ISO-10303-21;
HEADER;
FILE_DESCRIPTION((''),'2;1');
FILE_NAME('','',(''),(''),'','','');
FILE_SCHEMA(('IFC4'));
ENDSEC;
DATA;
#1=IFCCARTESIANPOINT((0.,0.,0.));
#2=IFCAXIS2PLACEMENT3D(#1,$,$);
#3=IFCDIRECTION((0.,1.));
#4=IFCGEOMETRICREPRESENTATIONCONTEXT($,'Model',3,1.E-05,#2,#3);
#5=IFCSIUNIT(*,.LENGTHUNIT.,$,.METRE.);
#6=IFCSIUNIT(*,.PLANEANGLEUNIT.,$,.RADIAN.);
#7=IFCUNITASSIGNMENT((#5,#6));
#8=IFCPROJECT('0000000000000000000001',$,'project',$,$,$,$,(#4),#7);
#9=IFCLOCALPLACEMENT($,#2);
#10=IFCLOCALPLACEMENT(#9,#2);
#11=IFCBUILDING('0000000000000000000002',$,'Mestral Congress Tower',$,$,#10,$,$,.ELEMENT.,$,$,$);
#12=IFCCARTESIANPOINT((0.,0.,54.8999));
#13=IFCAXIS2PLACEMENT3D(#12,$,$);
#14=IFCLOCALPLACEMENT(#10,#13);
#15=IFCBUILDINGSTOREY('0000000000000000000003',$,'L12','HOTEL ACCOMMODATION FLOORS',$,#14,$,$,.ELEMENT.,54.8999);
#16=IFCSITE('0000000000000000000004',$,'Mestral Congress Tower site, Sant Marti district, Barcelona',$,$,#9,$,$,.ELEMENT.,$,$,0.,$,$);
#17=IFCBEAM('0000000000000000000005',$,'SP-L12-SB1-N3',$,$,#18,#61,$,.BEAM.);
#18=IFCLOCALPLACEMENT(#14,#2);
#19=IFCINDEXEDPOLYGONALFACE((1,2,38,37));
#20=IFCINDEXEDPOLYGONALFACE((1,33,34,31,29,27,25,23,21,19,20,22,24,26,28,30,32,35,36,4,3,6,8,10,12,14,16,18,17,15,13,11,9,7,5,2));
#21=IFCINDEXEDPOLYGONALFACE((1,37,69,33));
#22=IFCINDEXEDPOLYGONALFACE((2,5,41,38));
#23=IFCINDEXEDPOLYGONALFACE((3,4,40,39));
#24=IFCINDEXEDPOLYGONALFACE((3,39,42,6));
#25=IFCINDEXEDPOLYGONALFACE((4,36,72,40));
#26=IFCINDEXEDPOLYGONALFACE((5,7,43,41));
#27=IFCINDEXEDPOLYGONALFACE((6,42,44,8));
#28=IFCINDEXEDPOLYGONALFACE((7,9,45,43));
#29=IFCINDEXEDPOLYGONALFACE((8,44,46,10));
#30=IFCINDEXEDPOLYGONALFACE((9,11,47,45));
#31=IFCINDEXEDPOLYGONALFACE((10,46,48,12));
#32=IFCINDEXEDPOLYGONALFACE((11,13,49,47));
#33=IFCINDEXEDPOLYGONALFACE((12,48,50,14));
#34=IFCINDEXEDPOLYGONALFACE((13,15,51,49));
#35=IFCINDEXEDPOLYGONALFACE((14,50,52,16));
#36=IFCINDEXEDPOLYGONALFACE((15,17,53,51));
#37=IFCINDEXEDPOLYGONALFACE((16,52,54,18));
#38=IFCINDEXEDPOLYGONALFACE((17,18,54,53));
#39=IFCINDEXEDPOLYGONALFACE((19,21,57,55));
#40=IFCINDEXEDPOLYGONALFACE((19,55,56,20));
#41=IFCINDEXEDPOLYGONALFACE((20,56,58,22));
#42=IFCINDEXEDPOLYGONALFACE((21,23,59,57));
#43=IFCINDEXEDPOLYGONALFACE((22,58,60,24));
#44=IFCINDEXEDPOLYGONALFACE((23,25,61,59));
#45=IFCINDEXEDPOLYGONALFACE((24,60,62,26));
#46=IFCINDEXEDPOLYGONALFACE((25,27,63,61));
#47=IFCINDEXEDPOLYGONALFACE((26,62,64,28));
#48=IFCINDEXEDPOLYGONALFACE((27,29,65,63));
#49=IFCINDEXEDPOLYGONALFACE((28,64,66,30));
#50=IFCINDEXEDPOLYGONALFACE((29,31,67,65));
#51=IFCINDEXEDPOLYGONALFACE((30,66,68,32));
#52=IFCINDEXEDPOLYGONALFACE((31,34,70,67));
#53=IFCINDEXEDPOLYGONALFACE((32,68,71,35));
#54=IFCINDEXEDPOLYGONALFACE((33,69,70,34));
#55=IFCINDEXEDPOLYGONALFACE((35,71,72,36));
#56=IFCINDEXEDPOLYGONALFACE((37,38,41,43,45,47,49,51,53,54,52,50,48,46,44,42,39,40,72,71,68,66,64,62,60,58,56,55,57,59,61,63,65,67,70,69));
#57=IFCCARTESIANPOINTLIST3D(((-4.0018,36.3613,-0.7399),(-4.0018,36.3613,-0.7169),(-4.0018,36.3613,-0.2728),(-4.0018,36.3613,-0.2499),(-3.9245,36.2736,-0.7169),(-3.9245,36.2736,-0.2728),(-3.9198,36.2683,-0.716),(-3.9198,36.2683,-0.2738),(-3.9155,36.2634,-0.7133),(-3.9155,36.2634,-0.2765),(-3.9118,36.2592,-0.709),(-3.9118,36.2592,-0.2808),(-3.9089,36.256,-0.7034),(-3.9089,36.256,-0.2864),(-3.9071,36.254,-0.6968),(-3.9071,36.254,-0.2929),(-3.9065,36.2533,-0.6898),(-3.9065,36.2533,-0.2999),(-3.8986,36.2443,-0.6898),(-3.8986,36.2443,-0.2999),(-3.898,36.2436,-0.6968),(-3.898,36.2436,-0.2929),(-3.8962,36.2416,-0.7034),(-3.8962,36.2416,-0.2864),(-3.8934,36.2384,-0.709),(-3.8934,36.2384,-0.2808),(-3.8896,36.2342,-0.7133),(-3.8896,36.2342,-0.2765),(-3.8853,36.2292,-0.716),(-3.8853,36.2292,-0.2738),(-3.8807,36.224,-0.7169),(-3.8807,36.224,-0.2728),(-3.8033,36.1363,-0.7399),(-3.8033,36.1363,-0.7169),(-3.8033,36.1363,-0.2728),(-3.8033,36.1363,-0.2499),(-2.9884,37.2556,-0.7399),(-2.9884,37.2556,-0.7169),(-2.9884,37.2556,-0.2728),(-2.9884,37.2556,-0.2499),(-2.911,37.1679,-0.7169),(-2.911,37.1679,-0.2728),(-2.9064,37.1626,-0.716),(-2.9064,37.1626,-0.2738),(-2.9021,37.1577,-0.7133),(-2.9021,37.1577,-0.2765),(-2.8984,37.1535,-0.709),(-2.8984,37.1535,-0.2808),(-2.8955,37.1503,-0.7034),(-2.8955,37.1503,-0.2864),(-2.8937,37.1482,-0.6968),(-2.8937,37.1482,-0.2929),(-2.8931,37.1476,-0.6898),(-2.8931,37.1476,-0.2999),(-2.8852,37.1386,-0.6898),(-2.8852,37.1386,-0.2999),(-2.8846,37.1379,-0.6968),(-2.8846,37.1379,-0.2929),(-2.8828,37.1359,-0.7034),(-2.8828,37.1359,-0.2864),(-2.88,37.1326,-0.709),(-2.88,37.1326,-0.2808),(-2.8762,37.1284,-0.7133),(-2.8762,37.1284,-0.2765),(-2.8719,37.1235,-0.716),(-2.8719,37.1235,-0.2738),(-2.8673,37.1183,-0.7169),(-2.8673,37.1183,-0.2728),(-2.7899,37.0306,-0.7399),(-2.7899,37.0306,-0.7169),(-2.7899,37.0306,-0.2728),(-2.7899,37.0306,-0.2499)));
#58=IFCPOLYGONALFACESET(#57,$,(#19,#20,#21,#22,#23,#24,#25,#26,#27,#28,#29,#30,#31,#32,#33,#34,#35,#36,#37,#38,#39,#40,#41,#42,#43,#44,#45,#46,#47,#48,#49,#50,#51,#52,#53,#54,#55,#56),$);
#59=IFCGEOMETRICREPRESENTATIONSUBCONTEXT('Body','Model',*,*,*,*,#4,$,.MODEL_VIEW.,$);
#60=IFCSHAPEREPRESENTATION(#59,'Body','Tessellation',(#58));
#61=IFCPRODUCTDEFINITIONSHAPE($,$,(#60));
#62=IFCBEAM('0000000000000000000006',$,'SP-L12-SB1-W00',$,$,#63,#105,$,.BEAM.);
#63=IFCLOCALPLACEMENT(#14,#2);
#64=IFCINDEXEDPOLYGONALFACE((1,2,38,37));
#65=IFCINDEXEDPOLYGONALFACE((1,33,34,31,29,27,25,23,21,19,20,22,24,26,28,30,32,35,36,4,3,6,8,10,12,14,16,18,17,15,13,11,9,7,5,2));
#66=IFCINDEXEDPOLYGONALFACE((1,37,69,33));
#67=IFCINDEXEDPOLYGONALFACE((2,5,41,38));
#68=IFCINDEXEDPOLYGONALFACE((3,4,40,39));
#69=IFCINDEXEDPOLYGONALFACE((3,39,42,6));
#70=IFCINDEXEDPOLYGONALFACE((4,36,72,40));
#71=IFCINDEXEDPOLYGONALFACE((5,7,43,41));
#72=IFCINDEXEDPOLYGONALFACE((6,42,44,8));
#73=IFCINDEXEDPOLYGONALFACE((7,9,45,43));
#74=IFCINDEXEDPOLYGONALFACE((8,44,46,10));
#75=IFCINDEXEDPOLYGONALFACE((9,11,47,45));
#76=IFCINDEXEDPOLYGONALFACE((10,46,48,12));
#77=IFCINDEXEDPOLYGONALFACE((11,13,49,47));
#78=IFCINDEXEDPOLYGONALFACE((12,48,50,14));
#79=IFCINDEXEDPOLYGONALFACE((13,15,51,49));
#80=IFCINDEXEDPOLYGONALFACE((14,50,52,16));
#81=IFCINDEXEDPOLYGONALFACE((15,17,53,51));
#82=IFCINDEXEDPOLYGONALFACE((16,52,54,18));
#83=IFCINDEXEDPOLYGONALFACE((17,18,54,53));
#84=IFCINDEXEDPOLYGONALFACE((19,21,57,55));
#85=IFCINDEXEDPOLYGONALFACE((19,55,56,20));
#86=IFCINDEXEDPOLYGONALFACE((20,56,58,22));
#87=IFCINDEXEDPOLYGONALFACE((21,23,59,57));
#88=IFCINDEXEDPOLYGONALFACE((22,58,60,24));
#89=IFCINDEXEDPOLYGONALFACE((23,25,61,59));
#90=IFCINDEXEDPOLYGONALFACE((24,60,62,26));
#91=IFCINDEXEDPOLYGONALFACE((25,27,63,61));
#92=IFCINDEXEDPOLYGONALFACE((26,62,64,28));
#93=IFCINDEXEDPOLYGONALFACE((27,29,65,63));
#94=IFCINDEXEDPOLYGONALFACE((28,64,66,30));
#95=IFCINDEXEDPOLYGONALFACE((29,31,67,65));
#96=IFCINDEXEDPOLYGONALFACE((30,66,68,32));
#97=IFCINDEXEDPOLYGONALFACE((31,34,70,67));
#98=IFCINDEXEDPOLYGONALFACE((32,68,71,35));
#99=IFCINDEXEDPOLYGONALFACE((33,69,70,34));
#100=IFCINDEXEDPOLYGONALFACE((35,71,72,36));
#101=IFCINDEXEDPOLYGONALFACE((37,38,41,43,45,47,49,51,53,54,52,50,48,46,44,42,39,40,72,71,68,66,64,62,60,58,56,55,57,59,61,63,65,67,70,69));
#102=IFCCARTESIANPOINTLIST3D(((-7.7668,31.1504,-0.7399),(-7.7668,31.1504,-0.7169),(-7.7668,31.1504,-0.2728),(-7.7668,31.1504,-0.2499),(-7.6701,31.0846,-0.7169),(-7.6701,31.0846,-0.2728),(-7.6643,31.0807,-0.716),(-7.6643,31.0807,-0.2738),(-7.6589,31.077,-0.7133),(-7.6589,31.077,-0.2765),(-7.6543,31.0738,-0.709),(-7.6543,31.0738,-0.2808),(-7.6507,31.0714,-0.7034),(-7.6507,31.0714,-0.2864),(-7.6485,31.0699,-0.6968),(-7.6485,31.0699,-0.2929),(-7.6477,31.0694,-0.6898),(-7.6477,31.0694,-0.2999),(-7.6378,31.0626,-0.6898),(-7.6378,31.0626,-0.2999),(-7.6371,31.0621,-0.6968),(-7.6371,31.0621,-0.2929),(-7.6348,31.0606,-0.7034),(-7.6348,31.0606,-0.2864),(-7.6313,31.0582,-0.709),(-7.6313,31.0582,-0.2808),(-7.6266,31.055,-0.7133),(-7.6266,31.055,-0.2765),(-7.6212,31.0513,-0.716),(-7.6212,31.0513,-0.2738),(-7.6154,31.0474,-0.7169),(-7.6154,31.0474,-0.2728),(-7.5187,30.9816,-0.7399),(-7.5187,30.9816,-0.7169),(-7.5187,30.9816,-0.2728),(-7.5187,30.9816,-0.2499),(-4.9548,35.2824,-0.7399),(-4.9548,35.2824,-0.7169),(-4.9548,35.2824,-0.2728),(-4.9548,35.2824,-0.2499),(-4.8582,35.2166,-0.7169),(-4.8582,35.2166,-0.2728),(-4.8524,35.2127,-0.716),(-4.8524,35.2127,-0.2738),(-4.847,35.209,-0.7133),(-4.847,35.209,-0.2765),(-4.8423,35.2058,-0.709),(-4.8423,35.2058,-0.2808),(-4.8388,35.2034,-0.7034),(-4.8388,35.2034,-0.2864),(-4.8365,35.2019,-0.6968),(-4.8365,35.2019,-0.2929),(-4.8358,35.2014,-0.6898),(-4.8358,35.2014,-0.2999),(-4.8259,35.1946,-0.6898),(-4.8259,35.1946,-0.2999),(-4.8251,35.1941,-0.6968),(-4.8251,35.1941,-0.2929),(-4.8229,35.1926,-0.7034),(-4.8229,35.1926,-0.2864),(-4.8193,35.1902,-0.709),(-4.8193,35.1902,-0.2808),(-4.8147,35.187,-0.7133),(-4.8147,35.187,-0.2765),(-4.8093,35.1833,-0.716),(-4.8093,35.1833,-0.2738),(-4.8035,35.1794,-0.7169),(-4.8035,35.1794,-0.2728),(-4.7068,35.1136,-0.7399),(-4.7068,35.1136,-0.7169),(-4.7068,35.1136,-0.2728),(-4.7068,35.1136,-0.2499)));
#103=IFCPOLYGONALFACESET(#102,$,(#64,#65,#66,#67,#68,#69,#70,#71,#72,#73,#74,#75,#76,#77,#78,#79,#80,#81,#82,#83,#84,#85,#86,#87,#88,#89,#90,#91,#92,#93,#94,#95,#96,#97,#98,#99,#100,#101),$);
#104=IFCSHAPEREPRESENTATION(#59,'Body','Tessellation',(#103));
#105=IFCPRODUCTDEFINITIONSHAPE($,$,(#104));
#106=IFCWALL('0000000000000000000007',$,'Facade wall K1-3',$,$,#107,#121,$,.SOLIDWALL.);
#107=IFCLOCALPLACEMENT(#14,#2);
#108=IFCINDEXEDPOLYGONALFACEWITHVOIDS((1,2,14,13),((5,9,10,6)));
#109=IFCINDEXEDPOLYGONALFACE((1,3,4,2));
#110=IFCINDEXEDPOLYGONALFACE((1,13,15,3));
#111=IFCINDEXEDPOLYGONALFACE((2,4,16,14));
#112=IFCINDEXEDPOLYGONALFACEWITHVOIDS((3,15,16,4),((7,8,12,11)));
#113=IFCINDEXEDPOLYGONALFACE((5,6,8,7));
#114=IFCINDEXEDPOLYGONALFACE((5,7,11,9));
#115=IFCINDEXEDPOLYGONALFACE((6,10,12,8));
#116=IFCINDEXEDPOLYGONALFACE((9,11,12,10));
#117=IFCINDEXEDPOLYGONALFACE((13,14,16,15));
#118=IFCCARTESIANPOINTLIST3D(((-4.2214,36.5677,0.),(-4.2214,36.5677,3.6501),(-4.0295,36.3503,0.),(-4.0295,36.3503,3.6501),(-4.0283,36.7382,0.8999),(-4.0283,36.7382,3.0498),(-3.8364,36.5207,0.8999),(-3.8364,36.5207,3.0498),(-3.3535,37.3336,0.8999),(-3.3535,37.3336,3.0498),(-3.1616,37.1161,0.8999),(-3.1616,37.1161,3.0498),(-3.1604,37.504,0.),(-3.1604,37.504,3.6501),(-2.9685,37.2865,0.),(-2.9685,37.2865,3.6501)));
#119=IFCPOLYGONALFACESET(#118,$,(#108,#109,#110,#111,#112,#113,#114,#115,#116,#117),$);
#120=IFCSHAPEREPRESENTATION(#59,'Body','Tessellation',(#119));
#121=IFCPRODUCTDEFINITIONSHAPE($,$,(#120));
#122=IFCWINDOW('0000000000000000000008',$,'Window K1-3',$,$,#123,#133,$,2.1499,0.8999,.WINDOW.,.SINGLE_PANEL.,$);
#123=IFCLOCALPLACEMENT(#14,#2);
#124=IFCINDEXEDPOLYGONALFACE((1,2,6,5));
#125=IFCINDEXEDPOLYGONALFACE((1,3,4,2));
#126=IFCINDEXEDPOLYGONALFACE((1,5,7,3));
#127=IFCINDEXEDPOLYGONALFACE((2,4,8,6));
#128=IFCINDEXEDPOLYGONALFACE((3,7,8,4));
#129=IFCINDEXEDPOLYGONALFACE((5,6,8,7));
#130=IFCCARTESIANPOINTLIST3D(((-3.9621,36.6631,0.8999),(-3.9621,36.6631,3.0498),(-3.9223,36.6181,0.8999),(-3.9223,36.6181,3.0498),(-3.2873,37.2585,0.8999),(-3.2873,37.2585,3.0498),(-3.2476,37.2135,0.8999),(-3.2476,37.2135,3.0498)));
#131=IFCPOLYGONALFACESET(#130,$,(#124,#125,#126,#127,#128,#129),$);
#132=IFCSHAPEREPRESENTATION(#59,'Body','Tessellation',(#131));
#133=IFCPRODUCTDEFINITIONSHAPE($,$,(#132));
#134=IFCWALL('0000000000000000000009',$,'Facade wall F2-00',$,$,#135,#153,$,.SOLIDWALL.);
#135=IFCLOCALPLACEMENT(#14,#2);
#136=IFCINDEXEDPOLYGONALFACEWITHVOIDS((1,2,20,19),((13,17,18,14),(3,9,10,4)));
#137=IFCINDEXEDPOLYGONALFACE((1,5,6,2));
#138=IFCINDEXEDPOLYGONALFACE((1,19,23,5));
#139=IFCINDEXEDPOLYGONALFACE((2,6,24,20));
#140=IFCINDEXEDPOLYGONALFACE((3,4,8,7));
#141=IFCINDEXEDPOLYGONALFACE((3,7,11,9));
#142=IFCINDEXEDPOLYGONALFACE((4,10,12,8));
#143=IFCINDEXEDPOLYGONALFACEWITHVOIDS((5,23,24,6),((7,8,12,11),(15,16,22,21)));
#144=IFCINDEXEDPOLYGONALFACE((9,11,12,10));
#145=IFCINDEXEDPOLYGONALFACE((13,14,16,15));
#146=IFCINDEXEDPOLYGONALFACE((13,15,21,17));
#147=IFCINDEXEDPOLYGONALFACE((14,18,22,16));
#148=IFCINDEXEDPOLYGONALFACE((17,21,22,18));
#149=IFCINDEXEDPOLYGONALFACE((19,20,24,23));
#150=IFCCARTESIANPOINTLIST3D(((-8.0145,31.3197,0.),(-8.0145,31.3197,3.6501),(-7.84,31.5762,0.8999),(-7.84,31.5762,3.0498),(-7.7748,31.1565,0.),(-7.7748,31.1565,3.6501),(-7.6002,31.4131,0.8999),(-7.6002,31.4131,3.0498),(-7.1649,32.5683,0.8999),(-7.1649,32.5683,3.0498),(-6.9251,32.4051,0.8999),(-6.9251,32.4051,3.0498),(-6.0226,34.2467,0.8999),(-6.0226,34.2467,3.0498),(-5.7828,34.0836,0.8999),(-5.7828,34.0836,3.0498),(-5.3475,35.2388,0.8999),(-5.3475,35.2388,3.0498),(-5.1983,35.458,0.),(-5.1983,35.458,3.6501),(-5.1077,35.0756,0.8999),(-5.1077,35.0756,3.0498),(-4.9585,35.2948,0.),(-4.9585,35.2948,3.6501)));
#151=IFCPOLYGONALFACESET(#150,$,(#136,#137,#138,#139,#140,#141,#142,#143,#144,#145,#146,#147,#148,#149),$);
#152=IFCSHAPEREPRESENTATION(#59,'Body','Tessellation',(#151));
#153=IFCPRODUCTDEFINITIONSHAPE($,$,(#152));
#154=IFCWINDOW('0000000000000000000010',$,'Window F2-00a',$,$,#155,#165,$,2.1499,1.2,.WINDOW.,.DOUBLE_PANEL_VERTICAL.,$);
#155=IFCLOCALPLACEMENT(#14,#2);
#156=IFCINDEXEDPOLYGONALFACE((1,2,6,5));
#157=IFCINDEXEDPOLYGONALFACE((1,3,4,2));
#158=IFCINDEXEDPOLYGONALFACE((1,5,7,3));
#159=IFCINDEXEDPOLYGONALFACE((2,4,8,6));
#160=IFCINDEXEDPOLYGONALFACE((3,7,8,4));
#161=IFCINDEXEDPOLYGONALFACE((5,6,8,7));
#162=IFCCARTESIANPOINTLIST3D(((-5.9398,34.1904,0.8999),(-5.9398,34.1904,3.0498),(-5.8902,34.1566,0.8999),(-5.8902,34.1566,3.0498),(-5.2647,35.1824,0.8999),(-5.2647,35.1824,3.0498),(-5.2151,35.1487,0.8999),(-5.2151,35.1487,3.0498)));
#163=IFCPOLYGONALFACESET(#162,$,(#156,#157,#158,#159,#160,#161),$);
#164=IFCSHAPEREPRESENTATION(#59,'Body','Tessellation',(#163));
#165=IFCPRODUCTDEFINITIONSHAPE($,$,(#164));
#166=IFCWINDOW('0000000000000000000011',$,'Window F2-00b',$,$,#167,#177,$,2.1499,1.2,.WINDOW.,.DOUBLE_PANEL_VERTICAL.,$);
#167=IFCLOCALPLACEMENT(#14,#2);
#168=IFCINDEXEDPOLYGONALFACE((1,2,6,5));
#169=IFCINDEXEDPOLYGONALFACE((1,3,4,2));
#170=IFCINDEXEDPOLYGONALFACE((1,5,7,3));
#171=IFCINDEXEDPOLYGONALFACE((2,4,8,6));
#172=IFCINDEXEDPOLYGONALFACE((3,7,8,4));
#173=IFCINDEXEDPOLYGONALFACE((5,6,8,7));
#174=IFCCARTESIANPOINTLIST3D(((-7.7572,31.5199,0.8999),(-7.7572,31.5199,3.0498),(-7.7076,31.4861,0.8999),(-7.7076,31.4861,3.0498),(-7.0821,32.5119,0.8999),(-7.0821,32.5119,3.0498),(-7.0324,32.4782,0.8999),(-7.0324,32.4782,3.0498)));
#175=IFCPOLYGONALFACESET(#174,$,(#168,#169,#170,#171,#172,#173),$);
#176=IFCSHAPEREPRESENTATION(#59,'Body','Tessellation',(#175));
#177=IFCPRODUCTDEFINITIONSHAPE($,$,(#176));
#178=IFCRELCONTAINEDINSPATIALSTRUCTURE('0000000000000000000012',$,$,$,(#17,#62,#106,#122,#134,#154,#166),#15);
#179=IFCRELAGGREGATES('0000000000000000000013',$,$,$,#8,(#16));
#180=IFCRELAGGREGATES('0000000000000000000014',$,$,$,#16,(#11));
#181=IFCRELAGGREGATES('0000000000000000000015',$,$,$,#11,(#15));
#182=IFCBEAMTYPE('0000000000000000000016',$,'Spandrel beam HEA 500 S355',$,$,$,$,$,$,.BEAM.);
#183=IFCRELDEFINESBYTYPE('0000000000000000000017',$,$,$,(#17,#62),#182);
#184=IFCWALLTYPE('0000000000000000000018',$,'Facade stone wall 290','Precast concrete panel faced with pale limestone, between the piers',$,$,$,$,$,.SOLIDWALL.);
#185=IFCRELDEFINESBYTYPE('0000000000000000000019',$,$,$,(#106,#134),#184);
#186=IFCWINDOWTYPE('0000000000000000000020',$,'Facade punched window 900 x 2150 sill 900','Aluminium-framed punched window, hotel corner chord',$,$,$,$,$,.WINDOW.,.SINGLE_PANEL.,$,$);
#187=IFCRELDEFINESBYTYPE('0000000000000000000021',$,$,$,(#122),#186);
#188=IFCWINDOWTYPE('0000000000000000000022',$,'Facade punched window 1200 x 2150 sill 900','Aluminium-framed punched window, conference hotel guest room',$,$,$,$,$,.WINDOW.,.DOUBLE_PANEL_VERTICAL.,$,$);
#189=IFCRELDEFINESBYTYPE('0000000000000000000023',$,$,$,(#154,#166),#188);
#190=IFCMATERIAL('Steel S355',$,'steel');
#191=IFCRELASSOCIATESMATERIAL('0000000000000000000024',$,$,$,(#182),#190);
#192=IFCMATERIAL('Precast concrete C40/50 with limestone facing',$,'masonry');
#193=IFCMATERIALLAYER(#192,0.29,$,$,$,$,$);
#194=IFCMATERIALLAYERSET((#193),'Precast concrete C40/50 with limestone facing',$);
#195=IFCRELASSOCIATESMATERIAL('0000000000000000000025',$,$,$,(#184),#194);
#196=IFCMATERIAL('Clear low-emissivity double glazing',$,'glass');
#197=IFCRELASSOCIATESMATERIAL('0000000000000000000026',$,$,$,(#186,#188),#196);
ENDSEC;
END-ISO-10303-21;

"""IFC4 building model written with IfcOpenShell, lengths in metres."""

from ifc_helpers import new_model, si_unit, direction, frame, frame_2d, origin, origin_2d, place, context, subcontext, project, spatial, rectangle, i_section, extrude, material, layer, layer_set, material_profile, profile_set, type_object, element, fill, save


model = new_model("IFC4")

# Units and contexts
model_context = context("Model", 3, precision=1e-05, world=origin(), true_north=direction((0.0, 1.0)))
body_context = subcontext(model_context, "Body", "Model", "MODEL_VIEW")
ifc_project = project(units=[si_unit("LENGTHUNIT", "METRE"), si_unit("PLANEANGLEUNIT", "RADIAN")], contexts=[model_context])

# Site, building, storey
site_placement = place(None, origin())
site = spatial("IfcSite", under=ifc_project, at=site_placement, Name="Mestral Congress Tower site, Sant Marti district, Barcelona", CompositionType="ELEMENT", RefElevation=0.0)
building_placement = place(site_placement, origin())
building = spatial("IfcBuilding", under=site, at=building_placement, Name="Mestral Congress Tower", CompositionType="ELEMENT")
storey_placement = place(building_placement, frame((0.0, 0.0, 54.8999)))
storey = spatial("IfcBuildingStorey", under=building, at=storey_placement, Name="L12", Description="HOTEL ACCOMMODATION FLOORS", CompositionType="ELEMENT", Elevation=54.8999)

# Beams
ifc_material_1 = material(Name="Steel S355", Category="steel")
ifc_material_profile_1 = material_profile(ifc_material_1, i_section(OverallWidth=0.3, OverallDepth=0.49, WebThickness=0.012, FlangeThickness=0.0229, FilletRadius=0.0271, at=origin_2d()), Name="HEA 500")
ifc_profile_set_1 = profile_set([ifc_material_profile_1], Name="Steel S355")
beam_type_1 = type_object("IfcBeamType", Name="Spandrel beam HEA 500 S355", PredefinedType="BEAM", material=ifc_profile_set_1)
beam_1_placement = place(storey_placement, frame((-2.8892, 37.1431, -0.4949), z_axis=(-0.749806, -0.661657, 0.0), x_axis=(0.661657, -0.749806, 0.0)))
element("IfcBeam", 1, at=beam_1_placement, inside=storey, type_object=beam_type_1, Name="SP-L12-SB1-N3", PredefinedType="BEAM", context=body_context, shape_type="SweptSolid", body=[
    extrude(i_section(OverallWidth=0.3, OverallDepth=0.49, WebThickness=0.012, FlangeThickness=0.0229, FilletRadius=0.0271, at=origin_2d()), origin(), (0.0, 0.0, 1.0), 1.3516),
])
beam_2_placement = place(storey_placement, frame((-4.8308, 35.198, -0.4949), z_axis=(-0.562611, -0.826722, 0.0), x_axis=(0.826722, -0.562611, 0.0)))
element("IfcBeam", 2, at=beam_2_placement, inside=storey, type_object=beam_type_1, Name="SP-L12-SB1-W00", PredefinedType="BEAM", context=body_context, shape_type="SweptSolid", body=[
    extrude(i_section(OverallWidth=0.3, OverallDepth=0.49, WebThickness=0.012, FlangeThickness=0.0229, FilletRadius=0.0271, at=origin_2d()), origin(), (0.0, 0.0, 1.0), 4.998),
])

# Wall, opening, window
ifc_material_2 = material(Name="Precast concrete C40/50 with limestone facing", Category="masonry")
ifc_layer_1 = layer(ifc_material_2, 0.29)
ifc_layer_set_1 = layer_set([ifc_layer_1], Name="Precast concrete C40/50 with limestone facing")
wall_type_1 = type_object("IfcWallType", Name="Facade stone wall 290", Description="Precast concrete panel faced with pale limestone, between the piers", PredefinedType="SOLIDWALL", material=ifc_layer_set_1)
wall_1_placement = place(storey_placement, frame((-3.0645, 37.3953, 0.0), z_axis=(0.0, 0.0, 1.0), x_axis=(-0.749813, -0.66165, 0.0)))
wall_1 = element("IfcWall", 3, at=wall_1_placement, inside=storey, type_object=wall_type_1, Name="Facade wall K1-3", PredefinedType="SOLIDWALL", context=body_context, shape_type="SweptSolid", body=[
    extrude(rectangle(XDim=1.415, YDim=0.29, at=frame_2d((0.7075, 0.0))), origin(), (0.0, 0.0, 1.0), 3.6501),
])
opening_1_placement = place(wall_1_placement, frame((0.2576, 0.0, 0.8999)))
opening_1 = element("IfcOpeningElement", 4, at=opening_1_placement, cuts=wall_1, PredefinedType="OPENING", context=body_context, shape_type="SweptSolid", body=[
    extrude(rectangle(XDim=0.8999, YDim=2.1499, at=frame_2d((0.45, 1.075))), frame((0.0, 0.155, 0.0), z_axis=(0.0, -1.0, 0.0), x_axis=(1.0, 0.0, 0.0)), (0.0, 0.0, 1.0), 0.3101),
])
ifc_material_3 = material(Name="Clear low-emissivity double glazing", Category="glass")
window_type_1 = type_object("IfcWindowType", Name="Facade punched window 900 x 2150 sill 900", Description="Aluminium-framed punched window, hotel corner chord", PartitioningType="SINGLE_PANEL", PredefinedType="WINDOW", material=ifc_material_3)
window_1_placement = place(opening_1_placement, origin())
window_1 = element("IfcWindow", 5, at=window_1_placement, inside=storey, type_object=window_type_1, Name="Window K1-3", OverallHeight=2.1499, OverallWidth=0.8999, PartitioningType="SINGLE_PANEL", PredefinedType="WINDOW", context=body_context, shape_type="SweptSolid", body=[
    extrude(rectangle(XDim=0.8999, YDim=2.1499, at=frame_2d((0.45, 1.075))), frame((0.0, 0.0151, 0.0), z_axis=(0.0, -1.0, 0.0), x_axis=(1.0, 0.0, 0.0)), (0.0, 0.0, 1.0), 0.0601),
])
fill(opening_1, window_1)

# Wall, openings, windows
wall_2_placement = place(storey_placement, frame((-5.0784, 35.3765, 0.0), z_axis=(0.0, 0.0, 1.0), x_axis=(-0.56261, -0.826722, 0.0)))
wall_2 = element("IfcWall", 6, at=wall_2_placement, inside=storey, type_object=wall_type_1, Name="Facade wall F2-00", PredefinedType="SOLIDWALL", context=body_context, shape_type="SweptSolid", body=[
    extrude(rectangle(XDim=5.0056, YDim=0.29, at=frame_2d((2.5029, 0.0))), origin(), (0.0, 0.0, 1.0), 3.6501),
])
opening_2_placement = place(wall_2_placement, frame((0.2651, 0.0, 0.8999)))
opening_2 = element("IfcOpeningElement", 7, at=opening_2_placement, cuts=wall_2, PredefinedType="OPENING", context=body_context, shape_type="SweptSolid", body=[
    extrude(rectangle(XDim=1.2, YDim=2.1499, at=frame_2d((0.6001, 1.075))), frame((0.0, 0.155, 0.0), z_axis=(0.0, -1.0, 0.0), x_axis=(1.0, 0.0, 0.0)), (0.0, 0.0, 1.0), 0.3101),
])
opening_3_placement = place(wall_2_placement, frame((3.4954, 0.0, 0.8999)))
opening_3 = element("IfcOpeningElement", 8, at=opening_3_placement, cuts=wall_2, PredefinedType="OPENING", context=body_context, shape_type="SweptSolid", body=[
    extrude(rectangle(XDim=1.2, YDim=2.1499, at=frame_2d((0.6001, 1.075))), frame((0.0, 0.155, 0.0), z_axis=(0.0, -1.0, 0.0), x_axis=(1.0, 0.0, 0.0)), (0.0, 0.0, 1.0), 0.3101),
])
window_type_2 = type_object("IfcWindowType", Name="Facade punched window 1200 x 2150 sill 900", Description="Aluminium-framed punched window, conference hotel guest room", PartitioningType="DOUBLE_PANEL_VERTICAL", PredefinedType="WINDOW", material=ifc_material_3)
window_2_placement = place(opening_2_placement, origin())
window_2 = element("IfcWindow", 9, at=window_2_placement, inside=storey, type_object=window_type_2, Name="Window F2-00a", OverallHeight=2.1499, OverallWidth=1.2, PartitioningType="DOUBLE_PANEL_VERTICAL", PredefinedType="WINDOW", context=body_context, shape_type="SweptSolid", body=[
    extrude(rectangle(XDim=1.2, YDim=2.1499, at=frame_2d((0.6001, 1.075))), frame((0.0, 0.0151, 0.0), z_axis=(0.0, -1.0, 0.0), x_axis=(1.0, 0.0, 0.0)), (0.0, 0.0, 1.0), 0.0601),
])
fill(opening_2, window_2)
window_3_placement = place(opening_3_placement, origin())
window_3 = element("IfcWindow", 10, at=window_3_placement, inside=storey, type_object=window_type_2, Name="Window F2-00b", OverallHeight=2.1499, OverallWidth=1.2, PartitioningType="DOUBLE_PANEL_VERTICAL", PredefinedType="WINDOW", context=body_context, shape_type="SweptSolid", body=[
    extrude(rectangle(XDim=1.2, YDim=2.1499, at=frame_2d((0.6001, 1.075))), frame((0.0, 0.0151, 0.0), z_axis=(0.0, -1.0, 0.0), x_axis=(1.0, 0.0, 0.0)), (0.0, 0.0, 1.0), 0.0601),
])
fill(opening_3, window_3)

save(model, "model.ifc")
